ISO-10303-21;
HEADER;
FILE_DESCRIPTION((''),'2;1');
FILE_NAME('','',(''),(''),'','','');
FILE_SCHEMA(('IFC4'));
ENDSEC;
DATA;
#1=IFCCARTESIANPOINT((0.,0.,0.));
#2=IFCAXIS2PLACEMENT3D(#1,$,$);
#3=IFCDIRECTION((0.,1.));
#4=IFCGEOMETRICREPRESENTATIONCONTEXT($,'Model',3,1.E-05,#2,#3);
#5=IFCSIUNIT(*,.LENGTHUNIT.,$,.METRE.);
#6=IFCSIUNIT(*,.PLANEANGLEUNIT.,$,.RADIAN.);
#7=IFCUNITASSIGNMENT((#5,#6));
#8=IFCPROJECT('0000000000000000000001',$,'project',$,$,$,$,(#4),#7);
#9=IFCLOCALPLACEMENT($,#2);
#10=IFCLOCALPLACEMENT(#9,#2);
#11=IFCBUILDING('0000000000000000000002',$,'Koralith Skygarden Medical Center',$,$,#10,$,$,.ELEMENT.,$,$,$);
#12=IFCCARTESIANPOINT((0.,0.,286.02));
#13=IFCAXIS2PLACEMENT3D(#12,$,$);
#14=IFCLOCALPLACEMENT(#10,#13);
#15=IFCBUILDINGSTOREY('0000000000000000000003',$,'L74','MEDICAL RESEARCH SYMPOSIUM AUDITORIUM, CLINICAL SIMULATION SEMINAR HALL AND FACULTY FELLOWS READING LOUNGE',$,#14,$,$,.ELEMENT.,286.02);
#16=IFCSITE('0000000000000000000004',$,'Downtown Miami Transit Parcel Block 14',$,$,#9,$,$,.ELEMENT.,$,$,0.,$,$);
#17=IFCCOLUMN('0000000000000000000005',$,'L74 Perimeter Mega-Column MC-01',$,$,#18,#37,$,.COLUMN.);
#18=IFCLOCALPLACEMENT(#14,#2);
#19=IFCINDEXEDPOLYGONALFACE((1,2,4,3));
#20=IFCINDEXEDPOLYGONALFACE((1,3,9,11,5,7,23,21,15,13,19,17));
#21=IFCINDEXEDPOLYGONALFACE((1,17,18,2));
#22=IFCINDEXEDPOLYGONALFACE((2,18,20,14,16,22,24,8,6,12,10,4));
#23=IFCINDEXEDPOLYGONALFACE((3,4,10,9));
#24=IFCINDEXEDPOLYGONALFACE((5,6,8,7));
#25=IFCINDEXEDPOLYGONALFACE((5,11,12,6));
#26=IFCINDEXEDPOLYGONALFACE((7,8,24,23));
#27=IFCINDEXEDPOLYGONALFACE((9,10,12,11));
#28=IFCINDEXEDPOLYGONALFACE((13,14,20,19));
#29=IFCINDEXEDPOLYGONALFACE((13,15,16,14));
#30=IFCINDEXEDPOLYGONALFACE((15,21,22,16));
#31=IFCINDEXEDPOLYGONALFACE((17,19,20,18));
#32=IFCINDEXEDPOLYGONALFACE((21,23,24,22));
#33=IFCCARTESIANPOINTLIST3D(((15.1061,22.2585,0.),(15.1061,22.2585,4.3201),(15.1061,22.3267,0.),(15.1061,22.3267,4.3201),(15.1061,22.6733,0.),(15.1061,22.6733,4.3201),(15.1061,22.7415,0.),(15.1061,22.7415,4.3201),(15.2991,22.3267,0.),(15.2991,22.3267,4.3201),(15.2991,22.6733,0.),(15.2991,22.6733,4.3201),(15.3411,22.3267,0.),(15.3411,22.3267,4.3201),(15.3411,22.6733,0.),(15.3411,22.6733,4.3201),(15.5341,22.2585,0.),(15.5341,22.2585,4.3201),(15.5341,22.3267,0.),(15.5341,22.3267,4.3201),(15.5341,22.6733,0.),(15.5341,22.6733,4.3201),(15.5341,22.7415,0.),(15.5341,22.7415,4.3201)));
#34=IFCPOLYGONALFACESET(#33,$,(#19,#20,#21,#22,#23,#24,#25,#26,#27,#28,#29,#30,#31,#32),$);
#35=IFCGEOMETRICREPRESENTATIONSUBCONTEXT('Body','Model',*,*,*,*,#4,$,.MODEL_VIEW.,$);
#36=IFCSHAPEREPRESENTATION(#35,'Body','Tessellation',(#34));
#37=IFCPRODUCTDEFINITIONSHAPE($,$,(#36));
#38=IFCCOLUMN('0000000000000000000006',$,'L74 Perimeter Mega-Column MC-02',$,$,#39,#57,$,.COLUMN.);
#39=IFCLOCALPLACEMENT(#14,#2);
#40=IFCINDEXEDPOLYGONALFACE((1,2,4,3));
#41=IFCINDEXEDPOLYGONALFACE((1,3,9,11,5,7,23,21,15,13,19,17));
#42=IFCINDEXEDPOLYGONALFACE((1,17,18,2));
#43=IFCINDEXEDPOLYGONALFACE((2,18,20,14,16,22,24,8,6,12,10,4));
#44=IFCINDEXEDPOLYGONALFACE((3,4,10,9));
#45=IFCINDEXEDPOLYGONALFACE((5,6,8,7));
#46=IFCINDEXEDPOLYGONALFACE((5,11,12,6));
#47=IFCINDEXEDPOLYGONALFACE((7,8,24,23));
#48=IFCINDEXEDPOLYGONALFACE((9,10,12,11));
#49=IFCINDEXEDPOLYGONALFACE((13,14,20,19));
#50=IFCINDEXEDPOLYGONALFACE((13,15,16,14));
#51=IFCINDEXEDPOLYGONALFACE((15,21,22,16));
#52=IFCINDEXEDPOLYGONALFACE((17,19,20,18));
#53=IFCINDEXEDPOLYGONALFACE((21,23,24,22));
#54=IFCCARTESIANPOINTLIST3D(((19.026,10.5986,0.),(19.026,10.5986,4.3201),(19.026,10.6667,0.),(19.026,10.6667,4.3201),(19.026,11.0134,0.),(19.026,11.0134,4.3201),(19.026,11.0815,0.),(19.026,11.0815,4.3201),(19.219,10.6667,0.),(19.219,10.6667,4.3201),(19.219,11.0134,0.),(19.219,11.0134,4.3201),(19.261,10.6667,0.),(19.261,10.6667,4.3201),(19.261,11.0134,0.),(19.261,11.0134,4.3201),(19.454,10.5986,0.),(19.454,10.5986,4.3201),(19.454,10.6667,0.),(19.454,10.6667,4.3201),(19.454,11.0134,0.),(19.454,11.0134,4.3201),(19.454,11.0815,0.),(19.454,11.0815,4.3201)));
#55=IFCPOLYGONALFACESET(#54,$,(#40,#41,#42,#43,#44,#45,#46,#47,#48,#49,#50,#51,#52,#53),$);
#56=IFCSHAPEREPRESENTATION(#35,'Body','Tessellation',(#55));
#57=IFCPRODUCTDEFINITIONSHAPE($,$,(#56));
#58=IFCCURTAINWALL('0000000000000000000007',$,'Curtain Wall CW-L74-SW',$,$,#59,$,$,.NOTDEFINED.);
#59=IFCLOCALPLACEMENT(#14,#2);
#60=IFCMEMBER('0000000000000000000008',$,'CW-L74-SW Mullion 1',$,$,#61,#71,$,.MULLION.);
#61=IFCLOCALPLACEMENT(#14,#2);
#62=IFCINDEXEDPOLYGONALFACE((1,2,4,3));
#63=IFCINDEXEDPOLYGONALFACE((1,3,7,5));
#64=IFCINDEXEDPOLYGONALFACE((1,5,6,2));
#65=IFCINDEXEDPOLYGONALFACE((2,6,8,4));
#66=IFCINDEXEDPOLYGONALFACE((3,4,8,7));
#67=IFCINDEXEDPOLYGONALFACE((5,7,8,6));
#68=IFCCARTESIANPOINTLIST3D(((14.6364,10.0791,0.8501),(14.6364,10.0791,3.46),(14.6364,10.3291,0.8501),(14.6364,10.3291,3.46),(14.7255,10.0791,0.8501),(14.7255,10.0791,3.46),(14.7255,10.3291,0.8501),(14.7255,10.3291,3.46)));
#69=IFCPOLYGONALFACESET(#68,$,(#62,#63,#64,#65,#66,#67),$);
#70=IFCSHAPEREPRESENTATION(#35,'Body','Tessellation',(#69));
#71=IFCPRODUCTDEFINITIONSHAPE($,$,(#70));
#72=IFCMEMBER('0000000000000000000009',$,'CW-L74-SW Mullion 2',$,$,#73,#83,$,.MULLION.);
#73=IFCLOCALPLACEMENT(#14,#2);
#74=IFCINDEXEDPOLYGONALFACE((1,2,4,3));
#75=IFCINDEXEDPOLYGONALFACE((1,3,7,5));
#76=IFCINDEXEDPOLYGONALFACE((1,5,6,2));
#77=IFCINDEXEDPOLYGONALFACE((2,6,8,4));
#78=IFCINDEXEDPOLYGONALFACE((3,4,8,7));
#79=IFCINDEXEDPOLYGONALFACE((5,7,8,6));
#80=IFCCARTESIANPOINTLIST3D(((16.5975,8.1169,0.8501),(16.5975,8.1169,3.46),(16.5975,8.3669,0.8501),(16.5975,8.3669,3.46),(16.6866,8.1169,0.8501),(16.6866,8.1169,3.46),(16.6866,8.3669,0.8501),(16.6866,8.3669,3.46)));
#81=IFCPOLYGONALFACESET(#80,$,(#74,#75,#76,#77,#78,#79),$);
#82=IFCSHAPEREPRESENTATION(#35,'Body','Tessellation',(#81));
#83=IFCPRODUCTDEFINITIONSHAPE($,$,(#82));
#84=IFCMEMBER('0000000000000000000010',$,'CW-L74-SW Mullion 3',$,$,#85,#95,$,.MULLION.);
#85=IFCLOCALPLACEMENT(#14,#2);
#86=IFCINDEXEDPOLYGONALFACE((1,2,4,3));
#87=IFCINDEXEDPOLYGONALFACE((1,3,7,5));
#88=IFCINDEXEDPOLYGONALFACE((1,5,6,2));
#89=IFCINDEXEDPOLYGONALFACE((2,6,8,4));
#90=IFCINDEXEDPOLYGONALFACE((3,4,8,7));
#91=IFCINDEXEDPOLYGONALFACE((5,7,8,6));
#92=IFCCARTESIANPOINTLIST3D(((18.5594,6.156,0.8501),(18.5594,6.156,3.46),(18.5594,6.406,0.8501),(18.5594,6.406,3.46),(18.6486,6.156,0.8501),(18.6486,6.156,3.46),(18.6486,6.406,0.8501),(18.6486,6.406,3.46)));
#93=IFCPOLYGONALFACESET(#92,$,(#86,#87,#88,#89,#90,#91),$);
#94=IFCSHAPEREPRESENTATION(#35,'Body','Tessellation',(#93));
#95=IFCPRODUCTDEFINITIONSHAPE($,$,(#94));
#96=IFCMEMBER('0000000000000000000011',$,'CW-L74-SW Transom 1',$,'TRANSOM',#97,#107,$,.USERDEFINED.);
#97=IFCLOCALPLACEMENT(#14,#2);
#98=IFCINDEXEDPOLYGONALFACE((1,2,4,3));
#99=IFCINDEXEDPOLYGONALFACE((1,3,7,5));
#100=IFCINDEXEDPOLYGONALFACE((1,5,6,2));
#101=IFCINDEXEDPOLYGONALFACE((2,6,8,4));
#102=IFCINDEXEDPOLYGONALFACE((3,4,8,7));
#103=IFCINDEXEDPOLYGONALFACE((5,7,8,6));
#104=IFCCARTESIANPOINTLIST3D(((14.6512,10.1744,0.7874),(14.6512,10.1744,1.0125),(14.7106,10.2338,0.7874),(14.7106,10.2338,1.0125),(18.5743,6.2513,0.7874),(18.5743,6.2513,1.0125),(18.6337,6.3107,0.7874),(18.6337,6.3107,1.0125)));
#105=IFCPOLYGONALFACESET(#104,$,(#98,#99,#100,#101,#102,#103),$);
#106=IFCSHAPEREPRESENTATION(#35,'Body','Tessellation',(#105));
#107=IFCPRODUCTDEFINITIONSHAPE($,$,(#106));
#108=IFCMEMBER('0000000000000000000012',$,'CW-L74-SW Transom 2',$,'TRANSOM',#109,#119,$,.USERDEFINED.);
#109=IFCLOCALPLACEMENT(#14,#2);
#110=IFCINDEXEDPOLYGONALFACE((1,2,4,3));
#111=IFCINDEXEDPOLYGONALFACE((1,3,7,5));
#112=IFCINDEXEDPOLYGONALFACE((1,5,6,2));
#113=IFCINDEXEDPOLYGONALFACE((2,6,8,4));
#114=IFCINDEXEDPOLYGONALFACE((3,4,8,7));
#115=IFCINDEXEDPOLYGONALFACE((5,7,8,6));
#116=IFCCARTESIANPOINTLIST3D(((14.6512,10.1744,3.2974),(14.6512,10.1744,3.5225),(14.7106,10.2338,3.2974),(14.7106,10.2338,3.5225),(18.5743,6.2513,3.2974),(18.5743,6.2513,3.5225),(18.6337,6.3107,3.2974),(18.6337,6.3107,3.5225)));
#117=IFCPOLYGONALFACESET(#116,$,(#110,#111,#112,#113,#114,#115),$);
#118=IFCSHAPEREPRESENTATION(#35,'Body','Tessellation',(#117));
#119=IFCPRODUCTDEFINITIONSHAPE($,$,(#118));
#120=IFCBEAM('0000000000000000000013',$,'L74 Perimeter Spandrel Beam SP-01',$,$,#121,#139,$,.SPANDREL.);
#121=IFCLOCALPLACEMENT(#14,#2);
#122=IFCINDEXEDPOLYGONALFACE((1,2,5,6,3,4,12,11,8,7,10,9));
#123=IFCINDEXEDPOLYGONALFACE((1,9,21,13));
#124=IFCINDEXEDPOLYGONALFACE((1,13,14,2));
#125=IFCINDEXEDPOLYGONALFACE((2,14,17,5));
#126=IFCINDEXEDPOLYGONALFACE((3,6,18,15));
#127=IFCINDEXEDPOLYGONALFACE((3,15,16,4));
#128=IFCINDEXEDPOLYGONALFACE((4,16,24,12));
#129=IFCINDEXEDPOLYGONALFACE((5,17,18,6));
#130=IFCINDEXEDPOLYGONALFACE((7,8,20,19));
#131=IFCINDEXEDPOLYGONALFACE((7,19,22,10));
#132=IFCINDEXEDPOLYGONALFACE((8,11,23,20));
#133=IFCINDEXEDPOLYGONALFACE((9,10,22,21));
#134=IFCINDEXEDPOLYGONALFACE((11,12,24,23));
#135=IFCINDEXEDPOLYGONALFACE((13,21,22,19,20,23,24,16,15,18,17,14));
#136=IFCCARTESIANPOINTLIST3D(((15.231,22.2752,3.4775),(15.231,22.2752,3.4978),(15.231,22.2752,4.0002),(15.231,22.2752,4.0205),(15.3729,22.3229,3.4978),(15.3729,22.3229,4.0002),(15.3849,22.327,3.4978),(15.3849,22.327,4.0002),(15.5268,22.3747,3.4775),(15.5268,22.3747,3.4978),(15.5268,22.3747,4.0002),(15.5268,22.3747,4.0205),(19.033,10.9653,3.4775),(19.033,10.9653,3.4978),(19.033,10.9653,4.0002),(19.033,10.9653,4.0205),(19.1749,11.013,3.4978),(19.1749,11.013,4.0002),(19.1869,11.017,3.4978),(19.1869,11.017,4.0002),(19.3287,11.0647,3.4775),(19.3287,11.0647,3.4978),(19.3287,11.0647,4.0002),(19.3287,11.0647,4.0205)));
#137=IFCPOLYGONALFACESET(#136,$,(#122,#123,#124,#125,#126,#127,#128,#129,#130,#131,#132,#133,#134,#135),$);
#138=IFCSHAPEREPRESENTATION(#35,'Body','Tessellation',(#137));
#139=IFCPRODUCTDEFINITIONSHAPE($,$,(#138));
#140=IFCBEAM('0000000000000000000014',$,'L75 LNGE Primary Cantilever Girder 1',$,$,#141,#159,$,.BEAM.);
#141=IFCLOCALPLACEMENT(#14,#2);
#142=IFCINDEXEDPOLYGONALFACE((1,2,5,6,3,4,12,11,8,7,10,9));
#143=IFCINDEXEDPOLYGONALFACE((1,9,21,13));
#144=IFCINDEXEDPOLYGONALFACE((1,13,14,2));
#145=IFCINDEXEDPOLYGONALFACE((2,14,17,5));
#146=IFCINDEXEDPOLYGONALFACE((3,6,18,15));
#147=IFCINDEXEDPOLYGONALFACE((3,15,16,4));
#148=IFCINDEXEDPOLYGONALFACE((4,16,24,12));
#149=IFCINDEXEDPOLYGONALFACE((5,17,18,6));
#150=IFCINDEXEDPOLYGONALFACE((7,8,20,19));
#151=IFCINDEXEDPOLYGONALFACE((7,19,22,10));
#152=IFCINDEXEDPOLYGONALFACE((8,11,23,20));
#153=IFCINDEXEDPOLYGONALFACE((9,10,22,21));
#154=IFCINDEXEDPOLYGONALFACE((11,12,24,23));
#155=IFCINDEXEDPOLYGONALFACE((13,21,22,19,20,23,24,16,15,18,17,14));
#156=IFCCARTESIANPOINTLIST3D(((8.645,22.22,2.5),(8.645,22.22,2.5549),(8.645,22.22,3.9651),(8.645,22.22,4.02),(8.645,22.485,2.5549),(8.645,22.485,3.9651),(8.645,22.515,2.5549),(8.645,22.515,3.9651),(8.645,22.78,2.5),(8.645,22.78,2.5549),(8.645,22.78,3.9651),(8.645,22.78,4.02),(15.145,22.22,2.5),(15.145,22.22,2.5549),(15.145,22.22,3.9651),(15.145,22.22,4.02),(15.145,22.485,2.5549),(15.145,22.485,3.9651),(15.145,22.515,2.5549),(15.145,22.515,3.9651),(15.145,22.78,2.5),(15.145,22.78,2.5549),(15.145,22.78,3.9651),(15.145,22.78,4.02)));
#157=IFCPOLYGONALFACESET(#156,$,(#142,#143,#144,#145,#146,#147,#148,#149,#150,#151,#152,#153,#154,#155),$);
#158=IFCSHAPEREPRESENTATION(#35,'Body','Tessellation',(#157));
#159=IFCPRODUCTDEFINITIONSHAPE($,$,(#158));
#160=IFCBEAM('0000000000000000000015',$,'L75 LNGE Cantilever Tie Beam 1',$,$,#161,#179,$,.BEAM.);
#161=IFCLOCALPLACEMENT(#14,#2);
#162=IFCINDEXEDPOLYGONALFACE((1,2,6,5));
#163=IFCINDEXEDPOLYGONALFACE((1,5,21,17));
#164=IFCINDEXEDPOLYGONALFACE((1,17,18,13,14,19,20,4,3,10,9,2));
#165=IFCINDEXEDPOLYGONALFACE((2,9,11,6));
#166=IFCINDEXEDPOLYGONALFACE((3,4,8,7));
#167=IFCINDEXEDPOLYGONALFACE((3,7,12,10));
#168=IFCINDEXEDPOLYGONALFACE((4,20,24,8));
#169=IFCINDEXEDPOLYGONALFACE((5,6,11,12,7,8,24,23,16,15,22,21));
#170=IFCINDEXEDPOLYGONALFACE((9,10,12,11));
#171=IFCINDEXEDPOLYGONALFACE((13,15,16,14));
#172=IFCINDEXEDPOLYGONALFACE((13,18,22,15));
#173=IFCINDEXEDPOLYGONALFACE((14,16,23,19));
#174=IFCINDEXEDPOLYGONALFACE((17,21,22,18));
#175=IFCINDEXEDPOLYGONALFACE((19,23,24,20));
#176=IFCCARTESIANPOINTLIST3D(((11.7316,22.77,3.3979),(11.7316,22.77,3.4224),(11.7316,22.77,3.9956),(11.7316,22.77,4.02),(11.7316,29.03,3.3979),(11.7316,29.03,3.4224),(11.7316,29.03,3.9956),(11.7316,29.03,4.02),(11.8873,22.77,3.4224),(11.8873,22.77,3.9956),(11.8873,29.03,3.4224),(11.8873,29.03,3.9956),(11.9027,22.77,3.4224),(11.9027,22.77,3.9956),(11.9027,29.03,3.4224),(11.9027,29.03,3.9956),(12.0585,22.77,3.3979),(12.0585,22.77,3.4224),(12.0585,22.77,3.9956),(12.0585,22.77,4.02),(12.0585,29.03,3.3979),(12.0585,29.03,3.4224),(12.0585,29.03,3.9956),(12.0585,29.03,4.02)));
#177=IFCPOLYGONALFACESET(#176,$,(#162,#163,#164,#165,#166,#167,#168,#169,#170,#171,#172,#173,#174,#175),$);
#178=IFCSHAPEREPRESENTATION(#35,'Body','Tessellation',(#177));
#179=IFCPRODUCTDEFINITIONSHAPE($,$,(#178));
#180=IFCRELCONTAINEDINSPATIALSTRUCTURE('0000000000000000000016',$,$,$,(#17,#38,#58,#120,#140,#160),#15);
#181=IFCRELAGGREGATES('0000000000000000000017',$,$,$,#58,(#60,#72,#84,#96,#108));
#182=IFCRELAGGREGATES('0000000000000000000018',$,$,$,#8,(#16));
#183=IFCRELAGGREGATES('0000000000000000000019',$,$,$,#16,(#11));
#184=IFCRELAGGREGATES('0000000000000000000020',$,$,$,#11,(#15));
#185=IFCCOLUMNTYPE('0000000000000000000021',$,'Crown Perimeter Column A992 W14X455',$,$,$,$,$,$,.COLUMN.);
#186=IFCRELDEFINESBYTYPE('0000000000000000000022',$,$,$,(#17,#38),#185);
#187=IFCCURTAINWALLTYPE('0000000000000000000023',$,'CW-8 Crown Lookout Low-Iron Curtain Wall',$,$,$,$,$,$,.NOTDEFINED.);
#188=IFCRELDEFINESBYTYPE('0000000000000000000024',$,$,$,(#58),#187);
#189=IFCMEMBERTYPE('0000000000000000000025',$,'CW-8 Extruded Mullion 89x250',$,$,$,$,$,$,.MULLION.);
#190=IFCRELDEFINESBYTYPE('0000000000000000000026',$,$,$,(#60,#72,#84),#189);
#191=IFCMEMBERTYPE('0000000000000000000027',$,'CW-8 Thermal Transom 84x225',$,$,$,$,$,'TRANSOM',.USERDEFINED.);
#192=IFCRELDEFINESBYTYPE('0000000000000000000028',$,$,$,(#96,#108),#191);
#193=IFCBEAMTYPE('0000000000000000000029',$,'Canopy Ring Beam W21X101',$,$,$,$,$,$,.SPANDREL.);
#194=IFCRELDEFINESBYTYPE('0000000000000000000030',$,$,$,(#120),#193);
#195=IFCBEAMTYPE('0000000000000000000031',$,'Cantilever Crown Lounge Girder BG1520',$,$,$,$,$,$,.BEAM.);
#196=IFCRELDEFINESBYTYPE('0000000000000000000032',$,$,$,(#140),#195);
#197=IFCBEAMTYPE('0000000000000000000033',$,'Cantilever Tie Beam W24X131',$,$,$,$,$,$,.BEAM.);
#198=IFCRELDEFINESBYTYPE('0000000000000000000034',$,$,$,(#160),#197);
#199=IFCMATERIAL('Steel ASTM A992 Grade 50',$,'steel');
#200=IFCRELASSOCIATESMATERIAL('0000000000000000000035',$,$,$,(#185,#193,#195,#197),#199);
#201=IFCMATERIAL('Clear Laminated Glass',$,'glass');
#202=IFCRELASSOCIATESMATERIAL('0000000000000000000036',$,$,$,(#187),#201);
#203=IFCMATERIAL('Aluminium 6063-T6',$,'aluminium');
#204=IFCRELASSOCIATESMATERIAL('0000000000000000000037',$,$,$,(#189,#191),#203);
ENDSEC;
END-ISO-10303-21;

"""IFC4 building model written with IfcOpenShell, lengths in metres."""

from ifc_helpers import new_model, si_unit, direction, frame, origin, origin_2d, place, context, subcontext, project, spatial, rectangle, i_section, extrude, material, material_profile, profile_set, type_object, element, aggregate, save


model = new_model("IFC4")

# Units and contexts
model_context = context("Model", 3, precision=1e-05, world=origin(), true_north=direction((0.0, 1.0)))
body_context = subcontext(model_context, "Body", "Model", "MODEL_VIEW")
ifc_project = project(units=[si_unit("LENGTHUNIT", "METRE"), si_unit("PLANEANGLEUNIT", "RADIAN")], contexts=[model_context])

# Site, building, storey
site_placement = place(None, origin())
site = spatial("IfcSite", under=ifc_project, at=site_placement, Name="Downtown Miami Transit Parcel Block 14", CompositionType="ELEMENT", RefElevation=0.0)
building_placement = place(site_placement, origin())
building = spatial("IfcBuilding", under=site, at=building_placement, Name="Koralith Skygarden Medical Center", CompositionType="ELEMENT")
storey_placement = place(building_placement, frame((0.0, 0.0, 286.02)))
storey = spatial("IfcBuildingStorey", under=building, at=storey_placement, Name="L74", Description="MEDICAL RESEARCH SYMPOSIUM AUDITORIUM, CLINICAL SIMULATION SEMINAR HALL AND FACULTY FELLOWS READING LOUNGE", CompositionType="ELEMENT", Elevation=286.02)

# Columns
ifc_material_1 = material(Name="Steel ASTM A992 Grade 50", Category="steel")
ifc_material_profile_1 = material_profile(ifc_material_1, i_section(OverallWidth=0.428, OverallDepth=0.4829, WebThickness=0.042, FlangeThickness=0.0681, at=origin_2d()), Name="W14X455")
ifc_profile_set_1 = profile_set([ifc_material_profile_1], Name="Steel ASTM A992 Grade 50")
column_type = type_object("IfcColumnType", Name="Crown Perimeter Column A992 W14X455", PredefinedType="COLUMN", material=ifc_profile_set_1)
for number, where, z_axis, x_axis, name in (
    (1, (15.3201, 22.5, 0.0), (0.0, 0.0, 1.0), (1.0, 0.0, 0.0), "L74 Perimeter Mega-Column MC-01"),
    (2, (19.24, 10.8401, 0.0), (0.0, 0.0, 1.0), (1.0, 0.0, 0.0), "L74 Perimeter Mega-Column MC-02"),
):
    element("IfcColumn", number, at=place(storey_placement, frame(where, z_axis=z_axis, x_axis=x_axis)), inside=storey, type_object=column_type, Name=name, PredefinedType="COLUMN", context=body_context, shape_type="SweptSolid", body=[
        extrude(i_section(OverallWidth=0.428, OverallDepth=0.4829, WebThickness=0.042, FlangeThickness=0.0681, at=origin_2d()), origin(), (0.0, 0.0, 1.0), 4.3201),
    ])

# Curtain wall, members
ifc_material_2 = material(Name="Clear Laminated Glass", Category="glass")
curtain_wall_type = type_object("IfcCurtainWallType", Name="CW-8 Crown Lookout Low-Iron Curtain Wall", PredefinedType="NOTDEFINED", material=ifc_material_2)
curtain_wall_placement = place(storey_placement, origin())
curtain_wall = element("IfcCurtainWall", 3, at=curtain_wall_placement, inside=storey, type_object=curtain_wall_type, Name="Curtain Wall CW-L74-SW", PredefinedType="NOTDEFINED")
ifc_material_3 = material(Name="Aluminium 6063-T6", Category="aluminium")
ifc_material_profile_2 = material_profile(ifc_material_3, rectangle(XDim=0.0891, YDim=0.25, at=origin_2d()), Name="MUL89X250")
ifc_profile_set_2 = profile_set([ifc_material_profile_2], Name="Aluminium 6063-T6")
member_type_1 = type_object("IfcMemberType", Name="CW-8 Extruded Mullion 89x250", PredefinedType="MULLION", material=ifc_profile_set_2)
member_1_placement = place(storey_placement, frame((14.6809, 10.2041, 0.8501), z_axis=(0.0, 0.0, 1.0), x_axis=(1.0, 0.0, 0.0)))
member_1 = element("IfcMember", 4, at=member_1_placement, type_object=member_type_1, Name="CW-L74-SW Mullion 1", PredefinedType="MULLION", context=body_context, shape_type="SweptSolid", body=[
    extrude(rectangle(XDim=0.0891, YDim=0.25, at=origin_2d()), origin(), (0.0, 0.0, 1.0), 2.6099),
])
member_2_placement = place(storey_placement, frame((16.6421, 8.2419, 0.8501), z_axis=(0.0, 0.0, 1.0), x_axis=(1.0, 0.0, 0.0)))
member_2 = element("IfcMember", 5, at=member_2_placement, type_object=member_type_1, Name="CW-L74-SW Mullion 2", PredefinedType="MULLION", context=body_context, shape_type="SweptSolid", body=[
    extrude(rectangle(XDim=0.0891, YDim=0.25, at=origin_2d()), origin(), (0.0, 0.0, 1.0), 2.6099),
])
member_3_placement = place(storey_placement, frame((18.604, 6.281, 0.8501), z_axis=(0.0, 0.0, 1.0), x_axis=(1.0, 0.0, 0.0)))
member_3 = element("IfcMember", 6, at=member_3_placement, type_object=member_type_1, Name="CW-L74-SW Mullion 3", PredefinedType="MULLION", context=body_context, shape_type="SweptSolid", body=[
    extrude(rectangle(XDim=0.0891, YDim=0.25, at=origin_2d()), origin(), (0.0, 0.0, 1.0), 2.6099),
])
ifc_material_profile_3 = material_profile(ifc_material_3, rectangle(XDim=0.084, YDim=0.2251, at=origin_2d()), Name="TRN84X225")
ifc_profile_set_3 = profile_set([ifc_material_profile_3], Name="Aluminium 6063-T6")
member_type_2 = type_object("IfcMemberType", Name="CW-8 Thermal Transom 84x225", ElementType="TRANSOM", PredefinedType="USERDEFINED", material=ifc_profile_set_3)
member_4_placement = place(storey_placement, frame((14.6809, 10.2041, 0.8999), z_axis=(0.707107, -0.707107, 0.0), x_axis=(0.707107, 0.707107, 0.0)))
member_4 = element("IfcMember", 7, at=member_4_placement, type_object=member_type_2, Name="CW-L74-SW Transom 1", ObjectType="TRANSOM", PredefinedType="USERDEFINED", context=body_context, shape_type="SweptSolid", body=[
    extrude(rectangle(XDim=0.084, YDim=0.2251, at=origin_2d()), origin(), (0.0, 0.0, 1.0), 5.5481),
])
member_5_placement = place(storey_placement, frame((14.6809, 10.2041, 3.4099), z_axis=(0.707107, -0.707107, 0.0), x_axis=(0.707107, 0.707107, 0.0)))
member_5 = element("IfcMember", 8, at=member_5_placement, type_object=member_type_2, Name="CW-L74-SW Transom 2", ObjectType="TRANSOM", PredefinedType="USERDEFINED", context=body_context, shape_type="SweptSolid", body=[
    extrude(rectangle(XDim=0.084, YDim=0.2251, at=origin_2d()), origin(), (0.0, 0.0, 1.0), 5.5481),
])

# Beams
ifc_material_profile_4 = material_profile(ifc_material_1, i_section(OverallWidth=0.312, OverallDepth=0.543, WebThickness=0.0127, FlangeThickness=0.0203, at=origin_2d()), Name="W21X101")
ifc_profile_set_4 = profile_set([ifc_material_profile_4], Name="Steel ASTM A992 Grade 50")
beam_type_1 = type_object("IfcBeamType", Name="Canopy Ring Beam W21X101", PredefinedType="SPANDREL", material=ifc_profile_set_4)
beam_1_placement = place(storey_placement, frame((15.3789, 22.325, 3.749), z_axis=(0.318639, -0.947876, 0.0), x_axis=(0.947876, 0.318639, 0.0)))
element("IfcBeam", 9, at=beam_1_placement, inside=storey, type_object=beam_type_1, Name="L74 Perimeter Spandrel Beam SP-01", PredefinedType="SPANDREL", context=body_context, shape_type="SweptSolid", body=[
    extrude(i_section(OverallWidth=0.312, OverallDepth=0.543, WebThickness=0.0127, FlangeThickness=0.0203, at=origin_2d()), origin(), (0.0, 0.0, 1.0), 11.9319),
])
ifc_material_profile_5 = material_profile(ifc_material_1, i_section(OverallWidth=0.5601, OverallDepth=1.52, WebThickness=0.03, FlangeThickness=0.0549, at=origin_2d()), Name="BG1520X560X55X30")
ifc_profile_set_5 = profile_set([ifc_material_profile_5], Name="Steel ASTM A992 Grade 50")
beam_type_2 = type_object("IfcBeamType", Name="Cantilever Crown Lounge Girder BG1520", PredefinedType="BEAM", material=ifc_profile_set_5)
beam_2_placement = place(storey_placement, frame((15.145, 22.5, 3.26), z_axis=(-1.0, 0.0, 0.0), x_axis=(0.0, -1.0, 0.0)))
element("IfcBeam", 10, at=beam_2_placement, inside=storey, type_object=beam_type_2, Name="L75 LNGE Primary Cantilever Girder 1", PredefinedType="BEAM", context=body_context, shape_type="SweptSolid", body=[
    extrude(i_section(OverallWidth=0.5601, OverallDepth=1.52, WebThickness=0.03, FlangeThickness=0.0549, at=origin_2d()), origin(), (0.0, 0.0, 1.0), 6.5),
])
ifc_material_profile_6 = material_profile(ifc_material_1, i_section(OverallWidth=0.3269, OverallDepth=0.6221, WebThickness=0.0154, FlangeThickness=0.0244, at=origin_2d()), Name="W24X131")
ifc_profile_set_6 = profile_set([ifc_material_profile_6], Name="Steel ASTM A992 Grade 50")
beam_type_3 = type_object("IfcBeamType", Name="Cantilever Tie Beam W24X131", PredefinedType="BEAM", material=ifc_profile_set_6)
for number, where, z_axis, x_axis, name in (
    (11, (11.895, 22.77, 3.709), (0.0, 1.0, 0.0), (-1.0, 0.0, 0.0), "L75 LNGE Cantilever Tie Beam 1"),
):
    element("IfcBeam", number, at=place(storey_placement, frame(where, z_axis=z_axis, x_axis=x_axis)), inside=storey, type_object=beam_type_3, Name=name, PredefinedType="BEAM", context=body_context, shape_type="SweptSolid", body=[
        extrude(i_section(OverallWidth=0.3269, OverallDepth=0.6221, WebThickness=0.0154, FlangeThickness=0.0244, at=origin_2d()), origin(), (0.0, 0.0, 1.0), 6.26),
    ])

aggregate(curtain_wall, [member_1, member_2, member_3, member_4, member_5])

save(model, "model.ifc")
